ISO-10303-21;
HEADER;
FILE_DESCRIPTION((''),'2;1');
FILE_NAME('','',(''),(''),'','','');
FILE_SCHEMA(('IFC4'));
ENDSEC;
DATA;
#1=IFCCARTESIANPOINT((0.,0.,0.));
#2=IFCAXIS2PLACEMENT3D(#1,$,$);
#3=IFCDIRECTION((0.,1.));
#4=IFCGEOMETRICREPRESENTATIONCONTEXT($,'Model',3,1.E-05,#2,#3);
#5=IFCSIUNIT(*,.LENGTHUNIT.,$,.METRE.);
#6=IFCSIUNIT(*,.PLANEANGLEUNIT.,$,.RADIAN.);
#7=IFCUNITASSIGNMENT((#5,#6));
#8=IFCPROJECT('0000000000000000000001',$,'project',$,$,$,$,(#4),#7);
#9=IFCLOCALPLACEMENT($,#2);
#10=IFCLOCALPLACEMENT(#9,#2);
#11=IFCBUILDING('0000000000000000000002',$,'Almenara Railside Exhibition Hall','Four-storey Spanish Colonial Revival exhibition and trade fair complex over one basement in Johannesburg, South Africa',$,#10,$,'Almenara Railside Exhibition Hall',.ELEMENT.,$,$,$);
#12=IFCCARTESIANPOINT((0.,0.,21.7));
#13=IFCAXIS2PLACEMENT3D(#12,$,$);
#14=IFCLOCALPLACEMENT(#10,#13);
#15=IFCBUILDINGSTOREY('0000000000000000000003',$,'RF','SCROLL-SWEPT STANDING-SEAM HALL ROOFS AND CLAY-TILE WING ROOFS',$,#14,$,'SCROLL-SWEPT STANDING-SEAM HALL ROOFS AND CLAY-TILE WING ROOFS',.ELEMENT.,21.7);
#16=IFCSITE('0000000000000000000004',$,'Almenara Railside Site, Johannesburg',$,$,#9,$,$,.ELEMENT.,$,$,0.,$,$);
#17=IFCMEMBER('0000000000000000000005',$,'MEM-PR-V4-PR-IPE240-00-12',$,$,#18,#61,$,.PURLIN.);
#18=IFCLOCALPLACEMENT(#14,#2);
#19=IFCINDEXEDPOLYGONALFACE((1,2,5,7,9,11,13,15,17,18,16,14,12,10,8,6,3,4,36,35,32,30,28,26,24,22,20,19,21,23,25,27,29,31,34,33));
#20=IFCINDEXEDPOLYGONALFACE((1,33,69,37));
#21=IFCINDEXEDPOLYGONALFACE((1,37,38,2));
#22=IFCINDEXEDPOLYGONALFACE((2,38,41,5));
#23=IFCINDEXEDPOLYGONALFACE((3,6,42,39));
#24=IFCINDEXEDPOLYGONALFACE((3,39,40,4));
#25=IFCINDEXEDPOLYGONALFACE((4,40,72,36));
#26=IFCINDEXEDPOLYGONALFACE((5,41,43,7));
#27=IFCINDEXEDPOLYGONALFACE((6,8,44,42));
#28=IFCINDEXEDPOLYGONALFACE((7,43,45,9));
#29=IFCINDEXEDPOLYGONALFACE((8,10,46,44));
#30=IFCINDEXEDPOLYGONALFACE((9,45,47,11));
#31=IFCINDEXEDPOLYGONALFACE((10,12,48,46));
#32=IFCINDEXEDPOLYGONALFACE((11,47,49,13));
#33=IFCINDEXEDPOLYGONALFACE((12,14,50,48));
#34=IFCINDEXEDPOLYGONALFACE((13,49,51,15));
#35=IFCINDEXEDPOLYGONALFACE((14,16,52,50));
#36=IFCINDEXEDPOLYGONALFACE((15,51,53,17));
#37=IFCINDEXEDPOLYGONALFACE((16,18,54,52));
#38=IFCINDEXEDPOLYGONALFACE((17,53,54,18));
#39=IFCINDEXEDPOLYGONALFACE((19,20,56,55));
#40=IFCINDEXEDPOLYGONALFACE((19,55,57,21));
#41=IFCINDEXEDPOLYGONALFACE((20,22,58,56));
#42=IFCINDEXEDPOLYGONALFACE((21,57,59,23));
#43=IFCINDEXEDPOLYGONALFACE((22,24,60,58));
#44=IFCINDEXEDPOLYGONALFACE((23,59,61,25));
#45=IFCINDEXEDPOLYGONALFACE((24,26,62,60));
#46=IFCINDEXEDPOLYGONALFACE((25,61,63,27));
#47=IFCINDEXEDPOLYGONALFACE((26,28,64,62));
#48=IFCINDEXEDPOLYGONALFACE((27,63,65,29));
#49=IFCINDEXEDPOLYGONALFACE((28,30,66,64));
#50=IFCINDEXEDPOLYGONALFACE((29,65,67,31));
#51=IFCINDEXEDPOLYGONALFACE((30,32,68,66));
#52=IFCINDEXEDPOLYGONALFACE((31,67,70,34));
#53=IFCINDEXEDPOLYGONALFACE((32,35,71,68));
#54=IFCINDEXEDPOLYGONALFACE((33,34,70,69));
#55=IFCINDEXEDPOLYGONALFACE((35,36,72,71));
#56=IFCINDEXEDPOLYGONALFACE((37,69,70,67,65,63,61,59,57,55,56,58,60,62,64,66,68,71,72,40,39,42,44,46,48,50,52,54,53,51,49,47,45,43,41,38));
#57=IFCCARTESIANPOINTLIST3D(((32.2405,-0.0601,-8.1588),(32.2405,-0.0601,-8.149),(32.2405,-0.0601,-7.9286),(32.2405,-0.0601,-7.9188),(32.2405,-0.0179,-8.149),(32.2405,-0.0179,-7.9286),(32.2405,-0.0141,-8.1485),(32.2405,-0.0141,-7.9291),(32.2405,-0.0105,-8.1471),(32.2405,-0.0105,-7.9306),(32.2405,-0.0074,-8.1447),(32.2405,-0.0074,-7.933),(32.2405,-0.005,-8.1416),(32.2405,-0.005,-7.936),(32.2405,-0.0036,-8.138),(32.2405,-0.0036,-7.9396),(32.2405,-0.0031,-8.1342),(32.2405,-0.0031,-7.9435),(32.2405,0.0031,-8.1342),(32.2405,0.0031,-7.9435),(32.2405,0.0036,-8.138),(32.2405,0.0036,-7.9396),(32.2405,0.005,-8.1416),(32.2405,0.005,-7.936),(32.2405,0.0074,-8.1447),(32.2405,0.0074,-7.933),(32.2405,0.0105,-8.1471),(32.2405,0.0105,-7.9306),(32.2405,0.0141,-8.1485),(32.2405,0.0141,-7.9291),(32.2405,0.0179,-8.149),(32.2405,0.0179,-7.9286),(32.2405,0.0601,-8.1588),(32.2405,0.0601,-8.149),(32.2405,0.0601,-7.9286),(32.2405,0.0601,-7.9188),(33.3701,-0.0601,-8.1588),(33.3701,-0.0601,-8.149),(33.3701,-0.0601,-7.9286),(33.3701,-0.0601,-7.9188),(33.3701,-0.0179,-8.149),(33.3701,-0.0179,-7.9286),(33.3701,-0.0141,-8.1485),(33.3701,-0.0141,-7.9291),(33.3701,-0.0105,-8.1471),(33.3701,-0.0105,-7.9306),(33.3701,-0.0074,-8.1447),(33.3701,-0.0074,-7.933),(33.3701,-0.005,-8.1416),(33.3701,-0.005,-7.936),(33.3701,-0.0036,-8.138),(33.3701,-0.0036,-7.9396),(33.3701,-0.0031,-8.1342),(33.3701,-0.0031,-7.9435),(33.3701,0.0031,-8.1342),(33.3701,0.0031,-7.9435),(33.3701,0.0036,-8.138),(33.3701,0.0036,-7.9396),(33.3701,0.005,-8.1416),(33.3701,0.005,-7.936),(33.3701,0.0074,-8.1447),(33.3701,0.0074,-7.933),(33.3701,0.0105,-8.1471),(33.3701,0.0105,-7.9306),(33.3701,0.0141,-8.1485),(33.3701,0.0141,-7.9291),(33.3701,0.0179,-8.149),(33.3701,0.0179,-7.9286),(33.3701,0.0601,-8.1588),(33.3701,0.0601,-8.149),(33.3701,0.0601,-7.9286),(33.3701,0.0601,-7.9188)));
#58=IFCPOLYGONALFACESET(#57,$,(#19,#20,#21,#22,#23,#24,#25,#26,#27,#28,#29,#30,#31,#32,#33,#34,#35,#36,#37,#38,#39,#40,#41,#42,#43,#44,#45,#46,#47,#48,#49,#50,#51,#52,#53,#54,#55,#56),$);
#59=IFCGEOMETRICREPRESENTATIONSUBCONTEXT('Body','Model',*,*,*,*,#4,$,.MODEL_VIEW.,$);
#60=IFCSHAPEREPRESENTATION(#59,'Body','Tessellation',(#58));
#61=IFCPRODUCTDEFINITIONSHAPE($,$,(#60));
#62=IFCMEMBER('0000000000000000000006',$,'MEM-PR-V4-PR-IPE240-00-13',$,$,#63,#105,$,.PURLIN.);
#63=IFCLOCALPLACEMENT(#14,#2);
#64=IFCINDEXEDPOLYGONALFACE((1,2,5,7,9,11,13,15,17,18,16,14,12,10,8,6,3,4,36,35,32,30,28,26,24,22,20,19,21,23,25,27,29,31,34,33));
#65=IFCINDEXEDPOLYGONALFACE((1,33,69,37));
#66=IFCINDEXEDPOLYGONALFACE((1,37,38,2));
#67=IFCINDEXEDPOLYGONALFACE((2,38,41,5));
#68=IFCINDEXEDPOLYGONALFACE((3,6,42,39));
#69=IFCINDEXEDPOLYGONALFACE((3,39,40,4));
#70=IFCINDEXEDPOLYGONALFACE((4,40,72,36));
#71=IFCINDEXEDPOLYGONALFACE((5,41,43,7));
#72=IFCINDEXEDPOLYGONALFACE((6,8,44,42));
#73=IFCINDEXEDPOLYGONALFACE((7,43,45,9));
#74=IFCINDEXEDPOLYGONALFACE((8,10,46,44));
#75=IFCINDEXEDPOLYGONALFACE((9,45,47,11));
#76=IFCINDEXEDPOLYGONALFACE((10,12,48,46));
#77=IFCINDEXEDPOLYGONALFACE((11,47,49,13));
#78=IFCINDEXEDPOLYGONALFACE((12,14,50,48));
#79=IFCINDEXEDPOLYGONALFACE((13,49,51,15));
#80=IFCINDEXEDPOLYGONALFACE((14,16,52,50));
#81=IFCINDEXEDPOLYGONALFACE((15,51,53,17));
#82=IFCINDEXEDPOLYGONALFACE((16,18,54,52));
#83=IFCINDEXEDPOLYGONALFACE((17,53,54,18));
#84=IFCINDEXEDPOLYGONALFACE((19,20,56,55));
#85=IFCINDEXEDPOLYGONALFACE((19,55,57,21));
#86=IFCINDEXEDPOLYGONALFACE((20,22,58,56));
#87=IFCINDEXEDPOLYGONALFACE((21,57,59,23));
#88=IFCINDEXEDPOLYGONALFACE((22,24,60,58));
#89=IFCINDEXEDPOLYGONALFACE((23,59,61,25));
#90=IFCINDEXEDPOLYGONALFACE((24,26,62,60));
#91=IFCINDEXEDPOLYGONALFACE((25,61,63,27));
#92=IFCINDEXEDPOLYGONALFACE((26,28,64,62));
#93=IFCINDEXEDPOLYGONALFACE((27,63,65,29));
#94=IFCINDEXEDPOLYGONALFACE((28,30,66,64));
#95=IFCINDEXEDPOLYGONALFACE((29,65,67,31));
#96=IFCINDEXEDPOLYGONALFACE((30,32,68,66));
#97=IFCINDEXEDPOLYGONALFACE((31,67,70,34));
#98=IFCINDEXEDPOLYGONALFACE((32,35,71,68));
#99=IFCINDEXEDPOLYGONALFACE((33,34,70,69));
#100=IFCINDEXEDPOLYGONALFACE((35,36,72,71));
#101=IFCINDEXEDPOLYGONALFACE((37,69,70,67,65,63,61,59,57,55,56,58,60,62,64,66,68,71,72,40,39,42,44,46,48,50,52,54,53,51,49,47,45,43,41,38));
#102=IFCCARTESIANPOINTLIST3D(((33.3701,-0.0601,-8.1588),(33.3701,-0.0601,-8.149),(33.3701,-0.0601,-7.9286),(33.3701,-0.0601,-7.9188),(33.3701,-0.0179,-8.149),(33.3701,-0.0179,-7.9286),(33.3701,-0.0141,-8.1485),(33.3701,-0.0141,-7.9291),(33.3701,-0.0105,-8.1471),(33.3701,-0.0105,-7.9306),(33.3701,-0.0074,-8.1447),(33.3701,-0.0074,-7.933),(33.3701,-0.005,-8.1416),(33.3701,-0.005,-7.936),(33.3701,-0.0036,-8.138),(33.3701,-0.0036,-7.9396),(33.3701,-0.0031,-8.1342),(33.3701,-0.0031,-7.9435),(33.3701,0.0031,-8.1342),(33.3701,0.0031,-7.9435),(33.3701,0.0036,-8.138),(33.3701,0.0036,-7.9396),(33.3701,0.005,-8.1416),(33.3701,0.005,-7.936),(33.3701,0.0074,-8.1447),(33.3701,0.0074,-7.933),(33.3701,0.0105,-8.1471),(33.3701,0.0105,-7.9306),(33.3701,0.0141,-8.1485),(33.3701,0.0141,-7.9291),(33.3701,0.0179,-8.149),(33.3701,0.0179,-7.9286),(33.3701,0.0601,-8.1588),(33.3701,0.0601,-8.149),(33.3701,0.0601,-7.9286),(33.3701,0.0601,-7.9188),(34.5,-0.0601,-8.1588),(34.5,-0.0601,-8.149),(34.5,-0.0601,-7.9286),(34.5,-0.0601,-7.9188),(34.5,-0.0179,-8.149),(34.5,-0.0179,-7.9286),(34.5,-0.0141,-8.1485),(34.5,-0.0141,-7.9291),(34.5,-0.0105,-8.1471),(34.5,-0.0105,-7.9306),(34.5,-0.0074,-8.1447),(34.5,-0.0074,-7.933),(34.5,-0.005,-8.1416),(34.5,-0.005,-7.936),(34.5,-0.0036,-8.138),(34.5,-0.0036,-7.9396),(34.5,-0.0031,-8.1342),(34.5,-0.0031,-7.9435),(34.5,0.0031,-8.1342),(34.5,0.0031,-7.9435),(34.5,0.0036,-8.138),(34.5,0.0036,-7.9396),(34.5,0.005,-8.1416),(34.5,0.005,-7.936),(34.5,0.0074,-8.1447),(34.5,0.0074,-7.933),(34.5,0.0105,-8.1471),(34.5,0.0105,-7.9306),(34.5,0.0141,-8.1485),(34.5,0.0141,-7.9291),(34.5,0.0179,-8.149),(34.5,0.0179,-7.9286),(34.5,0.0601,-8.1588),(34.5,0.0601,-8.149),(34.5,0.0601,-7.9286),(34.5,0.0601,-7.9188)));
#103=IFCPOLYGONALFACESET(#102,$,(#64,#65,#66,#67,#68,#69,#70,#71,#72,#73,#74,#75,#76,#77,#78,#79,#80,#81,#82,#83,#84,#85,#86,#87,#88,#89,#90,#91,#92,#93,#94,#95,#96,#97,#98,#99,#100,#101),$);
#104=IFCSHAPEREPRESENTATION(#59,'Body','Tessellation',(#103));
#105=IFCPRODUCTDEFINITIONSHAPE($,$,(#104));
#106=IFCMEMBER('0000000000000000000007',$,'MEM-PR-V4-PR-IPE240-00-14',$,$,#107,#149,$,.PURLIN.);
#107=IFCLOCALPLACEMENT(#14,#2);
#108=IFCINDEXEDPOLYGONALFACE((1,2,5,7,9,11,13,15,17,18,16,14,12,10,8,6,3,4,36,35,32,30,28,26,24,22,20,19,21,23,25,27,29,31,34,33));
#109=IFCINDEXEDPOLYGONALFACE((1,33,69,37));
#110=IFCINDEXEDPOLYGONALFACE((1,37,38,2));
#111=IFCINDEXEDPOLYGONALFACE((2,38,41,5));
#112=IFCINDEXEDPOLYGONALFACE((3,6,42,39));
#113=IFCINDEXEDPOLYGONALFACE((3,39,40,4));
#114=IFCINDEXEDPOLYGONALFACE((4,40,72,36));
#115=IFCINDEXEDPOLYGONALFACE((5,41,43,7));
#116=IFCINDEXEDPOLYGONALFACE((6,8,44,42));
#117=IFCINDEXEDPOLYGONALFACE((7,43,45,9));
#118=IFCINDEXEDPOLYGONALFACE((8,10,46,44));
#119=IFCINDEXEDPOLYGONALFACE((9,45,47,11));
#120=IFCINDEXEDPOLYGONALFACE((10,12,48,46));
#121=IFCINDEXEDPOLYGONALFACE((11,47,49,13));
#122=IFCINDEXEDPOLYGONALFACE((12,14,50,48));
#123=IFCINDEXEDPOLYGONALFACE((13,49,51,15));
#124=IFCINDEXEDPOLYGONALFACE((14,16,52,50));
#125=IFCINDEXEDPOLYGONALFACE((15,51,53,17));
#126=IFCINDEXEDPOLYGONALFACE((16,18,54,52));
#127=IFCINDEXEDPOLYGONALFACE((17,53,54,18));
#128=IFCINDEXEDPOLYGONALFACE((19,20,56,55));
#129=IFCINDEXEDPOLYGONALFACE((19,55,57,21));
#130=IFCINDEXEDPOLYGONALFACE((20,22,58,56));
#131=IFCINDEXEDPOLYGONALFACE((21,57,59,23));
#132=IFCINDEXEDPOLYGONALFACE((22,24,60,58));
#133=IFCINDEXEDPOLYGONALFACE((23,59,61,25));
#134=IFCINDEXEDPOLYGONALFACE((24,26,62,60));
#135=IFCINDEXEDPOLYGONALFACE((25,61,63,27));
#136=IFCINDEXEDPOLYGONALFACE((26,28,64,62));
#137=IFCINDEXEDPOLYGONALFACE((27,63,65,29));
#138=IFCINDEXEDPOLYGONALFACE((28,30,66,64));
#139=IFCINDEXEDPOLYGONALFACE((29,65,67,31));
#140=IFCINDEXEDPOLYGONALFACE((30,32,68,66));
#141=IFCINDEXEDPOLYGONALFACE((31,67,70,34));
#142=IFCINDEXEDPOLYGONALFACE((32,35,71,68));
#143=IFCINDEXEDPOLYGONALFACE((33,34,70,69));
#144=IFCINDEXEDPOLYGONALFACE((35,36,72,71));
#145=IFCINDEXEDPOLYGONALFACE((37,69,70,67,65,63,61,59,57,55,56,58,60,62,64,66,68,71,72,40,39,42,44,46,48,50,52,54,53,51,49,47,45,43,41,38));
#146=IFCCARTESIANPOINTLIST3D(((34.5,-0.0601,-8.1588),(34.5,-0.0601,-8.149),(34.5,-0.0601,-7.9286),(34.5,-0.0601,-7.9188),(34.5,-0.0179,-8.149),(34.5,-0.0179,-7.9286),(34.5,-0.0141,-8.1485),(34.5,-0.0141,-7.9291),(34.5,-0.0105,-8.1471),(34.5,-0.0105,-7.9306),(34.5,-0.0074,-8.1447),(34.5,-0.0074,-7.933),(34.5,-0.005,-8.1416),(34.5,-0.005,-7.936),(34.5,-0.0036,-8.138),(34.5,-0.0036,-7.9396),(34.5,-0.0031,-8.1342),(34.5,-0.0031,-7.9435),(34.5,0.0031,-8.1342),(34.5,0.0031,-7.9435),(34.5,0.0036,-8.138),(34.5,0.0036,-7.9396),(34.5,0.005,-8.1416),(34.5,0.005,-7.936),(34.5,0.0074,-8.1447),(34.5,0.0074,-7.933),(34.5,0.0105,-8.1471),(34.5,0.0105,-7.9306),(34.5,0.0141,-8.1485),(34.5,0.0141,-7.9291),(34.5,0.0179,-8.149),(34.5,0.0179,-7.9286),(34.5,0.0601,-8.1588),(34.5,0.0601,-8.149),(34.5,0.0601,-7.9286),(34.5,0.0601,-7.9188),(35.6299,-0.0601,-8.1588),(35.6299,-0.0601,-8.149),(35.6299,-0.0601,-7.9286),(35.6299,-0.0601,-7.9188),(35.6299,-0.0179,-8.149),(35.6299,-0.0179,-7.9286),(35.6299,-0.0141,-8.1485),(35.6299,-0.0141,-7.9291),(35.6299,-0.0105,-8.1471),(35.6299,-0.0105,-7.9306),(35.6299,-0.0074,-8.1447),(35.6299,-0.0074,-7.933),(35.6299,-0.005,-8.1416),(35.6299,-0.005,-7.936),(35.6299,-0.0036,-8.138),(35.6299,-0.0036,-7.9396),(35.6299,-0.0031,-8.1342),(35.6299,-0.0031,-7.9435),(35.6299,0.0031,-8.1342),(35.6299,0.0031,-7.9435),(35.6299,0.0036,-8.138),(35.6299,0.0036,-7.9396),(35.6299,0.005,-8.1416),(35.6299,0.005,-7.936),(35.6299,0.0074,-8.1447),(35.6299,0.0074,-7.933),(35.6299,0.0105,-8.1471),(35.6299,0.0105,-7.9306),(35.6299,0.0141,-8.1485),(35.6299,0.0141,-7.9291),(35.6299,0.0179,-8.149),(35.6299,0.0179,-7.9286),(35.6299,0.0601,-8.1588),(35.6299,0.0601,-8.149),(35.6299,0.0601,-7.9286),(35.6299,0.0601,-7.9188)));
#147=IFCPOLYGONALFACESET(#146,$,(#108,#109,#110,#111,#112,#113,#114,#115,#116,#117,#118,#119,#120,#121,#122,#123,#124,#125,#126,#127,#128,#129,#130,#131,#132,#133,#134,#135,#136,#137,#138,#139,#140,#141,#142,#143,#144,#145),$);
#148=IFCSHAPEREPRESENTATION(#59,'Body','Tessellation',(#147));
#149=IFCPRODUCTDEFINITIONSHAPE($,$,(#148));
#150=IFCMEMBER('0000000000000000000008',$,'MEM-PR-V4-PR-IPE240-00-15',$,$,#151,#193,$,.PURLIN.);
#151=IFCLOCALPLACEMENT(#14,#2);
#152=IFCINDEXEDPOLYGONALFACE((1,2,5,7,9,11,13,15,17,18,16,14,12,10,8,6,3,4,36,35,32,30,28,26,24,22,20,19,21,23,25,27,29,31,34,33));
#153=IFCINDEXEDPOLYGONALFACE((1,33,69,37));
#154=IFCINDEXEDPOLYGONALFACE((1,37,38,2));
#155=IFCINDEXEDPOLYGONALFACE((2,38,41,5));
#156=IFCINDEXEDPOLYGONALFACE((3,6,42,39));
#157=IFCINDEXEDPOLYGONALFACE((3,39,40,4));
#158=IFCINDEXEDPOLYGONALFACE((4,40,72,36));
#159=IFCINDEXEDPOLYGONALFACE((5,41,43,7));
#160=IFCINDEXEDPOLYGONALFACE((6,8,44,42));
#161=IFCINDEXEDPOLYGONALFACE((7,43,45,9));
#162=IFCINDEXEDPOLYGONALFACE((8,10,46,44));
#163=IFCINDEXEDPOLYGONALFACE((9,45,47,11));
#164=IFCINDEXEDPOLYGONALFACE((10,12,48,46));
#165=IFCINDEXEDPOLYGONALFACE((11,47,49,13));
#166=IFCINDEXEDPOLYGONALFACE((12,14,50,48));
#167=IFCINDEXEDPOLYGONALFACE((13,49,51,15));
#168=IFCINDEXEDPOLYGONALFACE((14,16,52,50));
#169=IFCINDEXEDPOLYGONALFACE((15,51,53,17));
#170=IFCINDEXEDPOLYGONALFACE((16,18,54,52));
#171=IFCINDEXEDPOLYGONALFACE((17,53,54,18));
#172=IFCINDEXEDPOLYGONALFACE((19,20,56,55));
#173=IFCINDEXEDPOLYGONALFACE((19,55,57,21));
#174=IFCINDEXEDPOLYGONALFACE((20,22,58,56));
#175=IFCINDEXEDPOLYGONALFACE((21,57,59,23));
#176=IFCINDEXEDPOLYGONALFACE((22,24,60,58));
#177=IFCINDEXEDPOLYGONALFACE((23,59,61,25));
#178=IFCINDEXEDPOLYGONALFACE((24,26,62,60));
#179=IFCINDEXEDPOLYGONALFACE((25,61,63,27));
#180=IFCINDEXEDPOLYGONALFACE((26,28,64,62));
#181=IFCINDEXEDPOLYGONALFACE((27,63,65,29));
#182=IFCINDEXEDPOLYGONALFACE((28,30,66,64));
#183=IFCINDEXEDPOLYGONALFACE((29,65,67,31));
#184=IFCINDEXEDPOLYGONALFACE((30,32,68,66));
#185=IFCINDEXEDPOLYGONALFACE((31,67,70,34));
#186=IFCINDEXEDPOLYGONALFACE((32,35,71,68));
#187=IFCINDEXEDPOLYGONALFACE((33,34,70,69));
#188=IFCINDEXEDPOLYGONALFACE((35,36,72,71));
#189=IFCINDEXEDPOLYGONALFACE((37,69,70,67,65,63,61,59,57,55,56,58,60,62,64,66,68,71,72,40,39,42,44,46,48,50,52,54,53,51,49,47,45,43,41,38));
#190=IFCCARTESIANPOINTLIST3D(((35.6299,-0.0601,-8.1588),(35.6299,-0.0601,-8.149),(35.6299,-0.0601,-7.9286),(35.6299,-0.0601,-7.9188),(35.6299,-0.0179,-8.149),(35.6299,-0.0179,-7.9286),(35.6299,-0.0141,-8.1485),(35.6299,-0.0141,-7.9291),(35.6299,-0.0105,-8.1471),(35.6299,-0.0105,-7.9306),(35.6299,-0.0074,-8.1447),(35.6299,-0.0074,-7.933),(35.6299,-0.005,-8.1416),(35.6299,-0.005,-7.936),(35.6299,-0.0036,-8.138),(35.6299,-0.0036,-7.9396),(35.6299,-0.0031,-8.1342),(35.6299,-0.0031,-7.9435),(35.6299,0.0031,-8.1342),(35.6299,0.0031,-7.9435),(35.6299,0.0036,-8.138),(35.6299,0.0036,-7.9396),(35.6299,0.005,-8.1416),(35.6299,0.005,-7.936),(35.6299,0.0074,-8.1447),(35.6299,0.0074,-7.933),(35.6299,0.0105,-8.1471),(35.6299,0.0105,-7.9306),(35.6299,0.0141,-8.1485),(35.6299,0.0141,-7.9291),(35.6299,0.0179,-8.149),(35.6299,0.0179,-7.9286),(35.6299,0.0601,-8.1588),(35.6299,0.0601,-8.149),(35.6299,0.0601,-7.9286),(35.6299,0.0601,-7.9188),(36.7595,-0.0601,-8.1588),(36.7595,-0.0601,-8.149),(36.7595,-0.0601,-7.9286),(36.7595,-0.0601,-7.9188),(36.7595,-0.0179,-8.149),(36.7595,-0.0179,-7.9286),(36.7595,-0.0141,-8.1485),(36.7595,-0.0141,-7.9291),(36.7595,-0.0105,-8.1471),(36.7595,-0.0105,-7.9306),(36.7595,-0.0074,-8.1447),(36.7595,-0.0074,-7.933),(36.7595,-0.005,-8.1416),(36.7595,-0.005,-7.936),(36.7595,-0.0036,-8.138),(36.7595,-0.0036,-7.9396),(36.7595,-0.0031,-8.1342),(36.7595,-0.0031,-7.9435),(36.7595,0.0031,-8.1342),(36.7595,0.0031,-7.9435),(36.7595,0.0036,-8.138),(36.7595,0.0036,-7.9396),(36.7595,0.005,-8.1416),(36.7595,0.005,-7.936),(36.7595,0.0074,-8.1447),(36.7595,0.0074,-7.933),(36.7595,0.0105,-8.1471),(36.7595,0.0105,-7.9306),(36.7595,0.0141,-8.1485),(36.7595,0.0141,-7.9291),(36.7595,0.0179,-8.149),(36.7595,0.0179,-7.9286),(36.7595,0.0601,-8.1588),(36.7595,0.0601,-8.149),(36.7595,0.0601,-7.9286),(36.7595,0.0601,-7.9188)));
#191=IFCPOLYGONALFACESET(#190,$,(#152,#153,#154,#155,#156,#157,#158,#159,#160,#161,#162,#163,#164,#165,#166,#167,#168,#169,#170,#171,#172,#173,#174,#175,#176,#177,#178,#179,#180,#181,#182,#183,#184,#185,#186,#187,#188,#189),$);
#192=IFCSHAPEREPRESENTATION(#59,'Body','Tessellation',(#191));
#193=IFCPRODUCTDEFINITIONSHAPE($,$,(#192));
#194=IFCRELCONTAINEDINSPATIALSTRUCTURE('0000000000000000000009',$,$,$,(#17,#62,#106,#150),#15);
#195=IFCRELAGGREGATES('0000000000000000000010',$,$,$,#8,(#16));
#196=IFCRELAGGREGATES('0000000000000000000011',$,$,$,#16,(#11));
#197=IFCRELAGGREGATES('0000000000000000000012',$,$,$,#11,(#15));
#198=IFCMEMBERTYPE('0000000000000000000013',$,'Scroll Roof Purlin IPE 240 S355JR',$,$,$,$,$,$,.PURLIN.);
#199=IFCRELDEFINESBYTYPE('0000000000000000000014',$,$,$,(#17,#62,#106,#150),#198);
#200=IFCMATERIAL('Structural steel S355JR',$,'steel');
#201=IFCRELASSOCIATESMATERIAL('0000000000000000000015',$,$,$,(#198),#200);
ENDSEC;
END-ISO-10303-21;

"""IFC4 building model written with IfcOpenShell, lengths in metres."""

from ifc_helpers import new_model, si_unit, direction, frame, origin, origin_2d, place, context, subcontext, project, spatial, i_section, extrude, material, material_profile, profile_set, type_object, element, save


model = new_model("IFC4")

# Units and contexts
model_context = context("Model", 3, precision=1e-05, world=origin(), true_north=direction((0.0, 1.0)))
body_context = subcontext(model_context, "Body", "Model", "MODEL_VIEW")
ifc_project = project(units=[si_unit("LENGTHUNIT", "METRE"), si_unit("PLANEANGLEUNIT", "RADIAN")], contexts=[model_context])

# Site, building, storey
site_placement = place(None, origin())
site = spatial("IfcSite", under=ifc_project, at=site_placement, Name="Almenara Railside Site, Johannesburg", CompositionType="ELEMENT", RefElevation=0.0)
building_placement = place(site_placement, origin())
building = spatial("IfcBuilding", under=site, at=building_placement, Name="Almenara Railside Exhibition Hall", Description="Four-storey Spanish Colonial Revival exhibition and trade fair complex over one basement in Johannesburg, South Africa", LongName="Almenara Railside Exhibition Hall", CompositionType="ELEMENT")
storey_placement = place(building_placement, frame((0.0, 0.0, 21.7)))
storey = spatial("IfcBuildingStorey", under=building, at=storey_placement, Name="RF", Description="SCROLL-SWEPT STANDING-SEAM HALL ROOFS AND CLAY-TILE WING ROOFS", LongName="SCROLL-SWEPT STANDING-SEAM HALL ROOFS AND CLAY-TILE WING ROOFS", CompositionType="ELEMENT", Elevation=21.7)

# Members
ifc_material = material(Name="Structural steel S355JR", Category="steel")
ifc_material_profile_1 = material_profile(ifc_material, i_section(OverallWidth=0.1201, OverallDepth=0.24, WebThickness=0.0061, FlangeThickness=0.0098, FilletRadius=0.0149, at=origin_2d()), Name="IPE 240")
ifc_profile_set_1 = profile_set([ifc_material_profile_1], Name="Structural steel S355JR")
member_type_1 = type_object("IfcMemberType", Name="Scroll Roof Purlin IPE 240 S355JR", PredefinedType="PURLIN", material=ifc_profile_set_1)
member_1_placement = place(storey_placement, frame((32.2405, 0.0, -8.0388), z_axis=(1.0, 0.0, 0.0), x_axis=(0.0, 1.0, 0.0)))
element("IfcMember", 1, at=member_1_placement, inside=storey, type_object=member_type_1, Name="MEM-PR-V4-PR-IPE240-00-12", PredefinedType="PURLIN", context=body_context, shape_type="SweptSolid", body=[
    extrude(i_section(OverallWidth=0.1201, OverallDepth=0.24, WebThickness=0.0061, FlangeThickness=0.0098, FilletRadius=0.0149, at=origin_2d()), origin(), (0.0, 0.0, 1.0), 1.1296),
])
for number, where, z_axis, x_axis, name in (
    (2, (33.3701, 0.0, -8.0388), (1.0, 0.0, 0.0), (0.0, 1.0, 0.0), "MEM-PR-V4-PR-IPE240-00-13"),
    (3, (34.5, 0.0, -8.0388), (1.0, 0.0, 0.0), (0.0, 1.0, 0.0), "MEM-PR-V4-PR-IPE240-00-14"),
):
    element("IfcMember", number, at=place(storey_placement, frame(where, z_axis=z_axis, x_axis=x_axis)), inside=storey, type_object=member_type_1, Name=name, PredefinedType="PURLIN", context=body_context, shape_type="SweptSolid", body=[
        extrude(i_section(OverallWidth=0.1201, OverallDepth=0.24, WebThickness=0.0061, FlangeThickness=0.0098, FilletRadius=0.0149, at=origin_2d()), origin(), (0.0, 0.0, 1.0), 1.1299),
    ])
member_2_placement = place(storey_placement, frame((35.6299, 0.0, -8.0388), z_axis=(1.0, 0.0, 0.0), x_axis=(0.0, 1.0, 0.0)))
element("IfcMember", 4, at=member_2_placement, inside=storey, type_object=member_type_1, Name="MEM-PR-V4-PR-IPE240-00-15", PredefinedType="PURLIN", context=body_context, shape_type="SweptSolid", body=[
    extrude(i_section(OverallWidth=0.1201, OverallDepth=0.24, WebThickness=0.0061, FlangeThickness=0.0098, FilletRadius=0.0149, at=origin_2d()), origin(), (0.0, 0.0, 1.0), 1.1296),
])

save(model, "model.ifc")
